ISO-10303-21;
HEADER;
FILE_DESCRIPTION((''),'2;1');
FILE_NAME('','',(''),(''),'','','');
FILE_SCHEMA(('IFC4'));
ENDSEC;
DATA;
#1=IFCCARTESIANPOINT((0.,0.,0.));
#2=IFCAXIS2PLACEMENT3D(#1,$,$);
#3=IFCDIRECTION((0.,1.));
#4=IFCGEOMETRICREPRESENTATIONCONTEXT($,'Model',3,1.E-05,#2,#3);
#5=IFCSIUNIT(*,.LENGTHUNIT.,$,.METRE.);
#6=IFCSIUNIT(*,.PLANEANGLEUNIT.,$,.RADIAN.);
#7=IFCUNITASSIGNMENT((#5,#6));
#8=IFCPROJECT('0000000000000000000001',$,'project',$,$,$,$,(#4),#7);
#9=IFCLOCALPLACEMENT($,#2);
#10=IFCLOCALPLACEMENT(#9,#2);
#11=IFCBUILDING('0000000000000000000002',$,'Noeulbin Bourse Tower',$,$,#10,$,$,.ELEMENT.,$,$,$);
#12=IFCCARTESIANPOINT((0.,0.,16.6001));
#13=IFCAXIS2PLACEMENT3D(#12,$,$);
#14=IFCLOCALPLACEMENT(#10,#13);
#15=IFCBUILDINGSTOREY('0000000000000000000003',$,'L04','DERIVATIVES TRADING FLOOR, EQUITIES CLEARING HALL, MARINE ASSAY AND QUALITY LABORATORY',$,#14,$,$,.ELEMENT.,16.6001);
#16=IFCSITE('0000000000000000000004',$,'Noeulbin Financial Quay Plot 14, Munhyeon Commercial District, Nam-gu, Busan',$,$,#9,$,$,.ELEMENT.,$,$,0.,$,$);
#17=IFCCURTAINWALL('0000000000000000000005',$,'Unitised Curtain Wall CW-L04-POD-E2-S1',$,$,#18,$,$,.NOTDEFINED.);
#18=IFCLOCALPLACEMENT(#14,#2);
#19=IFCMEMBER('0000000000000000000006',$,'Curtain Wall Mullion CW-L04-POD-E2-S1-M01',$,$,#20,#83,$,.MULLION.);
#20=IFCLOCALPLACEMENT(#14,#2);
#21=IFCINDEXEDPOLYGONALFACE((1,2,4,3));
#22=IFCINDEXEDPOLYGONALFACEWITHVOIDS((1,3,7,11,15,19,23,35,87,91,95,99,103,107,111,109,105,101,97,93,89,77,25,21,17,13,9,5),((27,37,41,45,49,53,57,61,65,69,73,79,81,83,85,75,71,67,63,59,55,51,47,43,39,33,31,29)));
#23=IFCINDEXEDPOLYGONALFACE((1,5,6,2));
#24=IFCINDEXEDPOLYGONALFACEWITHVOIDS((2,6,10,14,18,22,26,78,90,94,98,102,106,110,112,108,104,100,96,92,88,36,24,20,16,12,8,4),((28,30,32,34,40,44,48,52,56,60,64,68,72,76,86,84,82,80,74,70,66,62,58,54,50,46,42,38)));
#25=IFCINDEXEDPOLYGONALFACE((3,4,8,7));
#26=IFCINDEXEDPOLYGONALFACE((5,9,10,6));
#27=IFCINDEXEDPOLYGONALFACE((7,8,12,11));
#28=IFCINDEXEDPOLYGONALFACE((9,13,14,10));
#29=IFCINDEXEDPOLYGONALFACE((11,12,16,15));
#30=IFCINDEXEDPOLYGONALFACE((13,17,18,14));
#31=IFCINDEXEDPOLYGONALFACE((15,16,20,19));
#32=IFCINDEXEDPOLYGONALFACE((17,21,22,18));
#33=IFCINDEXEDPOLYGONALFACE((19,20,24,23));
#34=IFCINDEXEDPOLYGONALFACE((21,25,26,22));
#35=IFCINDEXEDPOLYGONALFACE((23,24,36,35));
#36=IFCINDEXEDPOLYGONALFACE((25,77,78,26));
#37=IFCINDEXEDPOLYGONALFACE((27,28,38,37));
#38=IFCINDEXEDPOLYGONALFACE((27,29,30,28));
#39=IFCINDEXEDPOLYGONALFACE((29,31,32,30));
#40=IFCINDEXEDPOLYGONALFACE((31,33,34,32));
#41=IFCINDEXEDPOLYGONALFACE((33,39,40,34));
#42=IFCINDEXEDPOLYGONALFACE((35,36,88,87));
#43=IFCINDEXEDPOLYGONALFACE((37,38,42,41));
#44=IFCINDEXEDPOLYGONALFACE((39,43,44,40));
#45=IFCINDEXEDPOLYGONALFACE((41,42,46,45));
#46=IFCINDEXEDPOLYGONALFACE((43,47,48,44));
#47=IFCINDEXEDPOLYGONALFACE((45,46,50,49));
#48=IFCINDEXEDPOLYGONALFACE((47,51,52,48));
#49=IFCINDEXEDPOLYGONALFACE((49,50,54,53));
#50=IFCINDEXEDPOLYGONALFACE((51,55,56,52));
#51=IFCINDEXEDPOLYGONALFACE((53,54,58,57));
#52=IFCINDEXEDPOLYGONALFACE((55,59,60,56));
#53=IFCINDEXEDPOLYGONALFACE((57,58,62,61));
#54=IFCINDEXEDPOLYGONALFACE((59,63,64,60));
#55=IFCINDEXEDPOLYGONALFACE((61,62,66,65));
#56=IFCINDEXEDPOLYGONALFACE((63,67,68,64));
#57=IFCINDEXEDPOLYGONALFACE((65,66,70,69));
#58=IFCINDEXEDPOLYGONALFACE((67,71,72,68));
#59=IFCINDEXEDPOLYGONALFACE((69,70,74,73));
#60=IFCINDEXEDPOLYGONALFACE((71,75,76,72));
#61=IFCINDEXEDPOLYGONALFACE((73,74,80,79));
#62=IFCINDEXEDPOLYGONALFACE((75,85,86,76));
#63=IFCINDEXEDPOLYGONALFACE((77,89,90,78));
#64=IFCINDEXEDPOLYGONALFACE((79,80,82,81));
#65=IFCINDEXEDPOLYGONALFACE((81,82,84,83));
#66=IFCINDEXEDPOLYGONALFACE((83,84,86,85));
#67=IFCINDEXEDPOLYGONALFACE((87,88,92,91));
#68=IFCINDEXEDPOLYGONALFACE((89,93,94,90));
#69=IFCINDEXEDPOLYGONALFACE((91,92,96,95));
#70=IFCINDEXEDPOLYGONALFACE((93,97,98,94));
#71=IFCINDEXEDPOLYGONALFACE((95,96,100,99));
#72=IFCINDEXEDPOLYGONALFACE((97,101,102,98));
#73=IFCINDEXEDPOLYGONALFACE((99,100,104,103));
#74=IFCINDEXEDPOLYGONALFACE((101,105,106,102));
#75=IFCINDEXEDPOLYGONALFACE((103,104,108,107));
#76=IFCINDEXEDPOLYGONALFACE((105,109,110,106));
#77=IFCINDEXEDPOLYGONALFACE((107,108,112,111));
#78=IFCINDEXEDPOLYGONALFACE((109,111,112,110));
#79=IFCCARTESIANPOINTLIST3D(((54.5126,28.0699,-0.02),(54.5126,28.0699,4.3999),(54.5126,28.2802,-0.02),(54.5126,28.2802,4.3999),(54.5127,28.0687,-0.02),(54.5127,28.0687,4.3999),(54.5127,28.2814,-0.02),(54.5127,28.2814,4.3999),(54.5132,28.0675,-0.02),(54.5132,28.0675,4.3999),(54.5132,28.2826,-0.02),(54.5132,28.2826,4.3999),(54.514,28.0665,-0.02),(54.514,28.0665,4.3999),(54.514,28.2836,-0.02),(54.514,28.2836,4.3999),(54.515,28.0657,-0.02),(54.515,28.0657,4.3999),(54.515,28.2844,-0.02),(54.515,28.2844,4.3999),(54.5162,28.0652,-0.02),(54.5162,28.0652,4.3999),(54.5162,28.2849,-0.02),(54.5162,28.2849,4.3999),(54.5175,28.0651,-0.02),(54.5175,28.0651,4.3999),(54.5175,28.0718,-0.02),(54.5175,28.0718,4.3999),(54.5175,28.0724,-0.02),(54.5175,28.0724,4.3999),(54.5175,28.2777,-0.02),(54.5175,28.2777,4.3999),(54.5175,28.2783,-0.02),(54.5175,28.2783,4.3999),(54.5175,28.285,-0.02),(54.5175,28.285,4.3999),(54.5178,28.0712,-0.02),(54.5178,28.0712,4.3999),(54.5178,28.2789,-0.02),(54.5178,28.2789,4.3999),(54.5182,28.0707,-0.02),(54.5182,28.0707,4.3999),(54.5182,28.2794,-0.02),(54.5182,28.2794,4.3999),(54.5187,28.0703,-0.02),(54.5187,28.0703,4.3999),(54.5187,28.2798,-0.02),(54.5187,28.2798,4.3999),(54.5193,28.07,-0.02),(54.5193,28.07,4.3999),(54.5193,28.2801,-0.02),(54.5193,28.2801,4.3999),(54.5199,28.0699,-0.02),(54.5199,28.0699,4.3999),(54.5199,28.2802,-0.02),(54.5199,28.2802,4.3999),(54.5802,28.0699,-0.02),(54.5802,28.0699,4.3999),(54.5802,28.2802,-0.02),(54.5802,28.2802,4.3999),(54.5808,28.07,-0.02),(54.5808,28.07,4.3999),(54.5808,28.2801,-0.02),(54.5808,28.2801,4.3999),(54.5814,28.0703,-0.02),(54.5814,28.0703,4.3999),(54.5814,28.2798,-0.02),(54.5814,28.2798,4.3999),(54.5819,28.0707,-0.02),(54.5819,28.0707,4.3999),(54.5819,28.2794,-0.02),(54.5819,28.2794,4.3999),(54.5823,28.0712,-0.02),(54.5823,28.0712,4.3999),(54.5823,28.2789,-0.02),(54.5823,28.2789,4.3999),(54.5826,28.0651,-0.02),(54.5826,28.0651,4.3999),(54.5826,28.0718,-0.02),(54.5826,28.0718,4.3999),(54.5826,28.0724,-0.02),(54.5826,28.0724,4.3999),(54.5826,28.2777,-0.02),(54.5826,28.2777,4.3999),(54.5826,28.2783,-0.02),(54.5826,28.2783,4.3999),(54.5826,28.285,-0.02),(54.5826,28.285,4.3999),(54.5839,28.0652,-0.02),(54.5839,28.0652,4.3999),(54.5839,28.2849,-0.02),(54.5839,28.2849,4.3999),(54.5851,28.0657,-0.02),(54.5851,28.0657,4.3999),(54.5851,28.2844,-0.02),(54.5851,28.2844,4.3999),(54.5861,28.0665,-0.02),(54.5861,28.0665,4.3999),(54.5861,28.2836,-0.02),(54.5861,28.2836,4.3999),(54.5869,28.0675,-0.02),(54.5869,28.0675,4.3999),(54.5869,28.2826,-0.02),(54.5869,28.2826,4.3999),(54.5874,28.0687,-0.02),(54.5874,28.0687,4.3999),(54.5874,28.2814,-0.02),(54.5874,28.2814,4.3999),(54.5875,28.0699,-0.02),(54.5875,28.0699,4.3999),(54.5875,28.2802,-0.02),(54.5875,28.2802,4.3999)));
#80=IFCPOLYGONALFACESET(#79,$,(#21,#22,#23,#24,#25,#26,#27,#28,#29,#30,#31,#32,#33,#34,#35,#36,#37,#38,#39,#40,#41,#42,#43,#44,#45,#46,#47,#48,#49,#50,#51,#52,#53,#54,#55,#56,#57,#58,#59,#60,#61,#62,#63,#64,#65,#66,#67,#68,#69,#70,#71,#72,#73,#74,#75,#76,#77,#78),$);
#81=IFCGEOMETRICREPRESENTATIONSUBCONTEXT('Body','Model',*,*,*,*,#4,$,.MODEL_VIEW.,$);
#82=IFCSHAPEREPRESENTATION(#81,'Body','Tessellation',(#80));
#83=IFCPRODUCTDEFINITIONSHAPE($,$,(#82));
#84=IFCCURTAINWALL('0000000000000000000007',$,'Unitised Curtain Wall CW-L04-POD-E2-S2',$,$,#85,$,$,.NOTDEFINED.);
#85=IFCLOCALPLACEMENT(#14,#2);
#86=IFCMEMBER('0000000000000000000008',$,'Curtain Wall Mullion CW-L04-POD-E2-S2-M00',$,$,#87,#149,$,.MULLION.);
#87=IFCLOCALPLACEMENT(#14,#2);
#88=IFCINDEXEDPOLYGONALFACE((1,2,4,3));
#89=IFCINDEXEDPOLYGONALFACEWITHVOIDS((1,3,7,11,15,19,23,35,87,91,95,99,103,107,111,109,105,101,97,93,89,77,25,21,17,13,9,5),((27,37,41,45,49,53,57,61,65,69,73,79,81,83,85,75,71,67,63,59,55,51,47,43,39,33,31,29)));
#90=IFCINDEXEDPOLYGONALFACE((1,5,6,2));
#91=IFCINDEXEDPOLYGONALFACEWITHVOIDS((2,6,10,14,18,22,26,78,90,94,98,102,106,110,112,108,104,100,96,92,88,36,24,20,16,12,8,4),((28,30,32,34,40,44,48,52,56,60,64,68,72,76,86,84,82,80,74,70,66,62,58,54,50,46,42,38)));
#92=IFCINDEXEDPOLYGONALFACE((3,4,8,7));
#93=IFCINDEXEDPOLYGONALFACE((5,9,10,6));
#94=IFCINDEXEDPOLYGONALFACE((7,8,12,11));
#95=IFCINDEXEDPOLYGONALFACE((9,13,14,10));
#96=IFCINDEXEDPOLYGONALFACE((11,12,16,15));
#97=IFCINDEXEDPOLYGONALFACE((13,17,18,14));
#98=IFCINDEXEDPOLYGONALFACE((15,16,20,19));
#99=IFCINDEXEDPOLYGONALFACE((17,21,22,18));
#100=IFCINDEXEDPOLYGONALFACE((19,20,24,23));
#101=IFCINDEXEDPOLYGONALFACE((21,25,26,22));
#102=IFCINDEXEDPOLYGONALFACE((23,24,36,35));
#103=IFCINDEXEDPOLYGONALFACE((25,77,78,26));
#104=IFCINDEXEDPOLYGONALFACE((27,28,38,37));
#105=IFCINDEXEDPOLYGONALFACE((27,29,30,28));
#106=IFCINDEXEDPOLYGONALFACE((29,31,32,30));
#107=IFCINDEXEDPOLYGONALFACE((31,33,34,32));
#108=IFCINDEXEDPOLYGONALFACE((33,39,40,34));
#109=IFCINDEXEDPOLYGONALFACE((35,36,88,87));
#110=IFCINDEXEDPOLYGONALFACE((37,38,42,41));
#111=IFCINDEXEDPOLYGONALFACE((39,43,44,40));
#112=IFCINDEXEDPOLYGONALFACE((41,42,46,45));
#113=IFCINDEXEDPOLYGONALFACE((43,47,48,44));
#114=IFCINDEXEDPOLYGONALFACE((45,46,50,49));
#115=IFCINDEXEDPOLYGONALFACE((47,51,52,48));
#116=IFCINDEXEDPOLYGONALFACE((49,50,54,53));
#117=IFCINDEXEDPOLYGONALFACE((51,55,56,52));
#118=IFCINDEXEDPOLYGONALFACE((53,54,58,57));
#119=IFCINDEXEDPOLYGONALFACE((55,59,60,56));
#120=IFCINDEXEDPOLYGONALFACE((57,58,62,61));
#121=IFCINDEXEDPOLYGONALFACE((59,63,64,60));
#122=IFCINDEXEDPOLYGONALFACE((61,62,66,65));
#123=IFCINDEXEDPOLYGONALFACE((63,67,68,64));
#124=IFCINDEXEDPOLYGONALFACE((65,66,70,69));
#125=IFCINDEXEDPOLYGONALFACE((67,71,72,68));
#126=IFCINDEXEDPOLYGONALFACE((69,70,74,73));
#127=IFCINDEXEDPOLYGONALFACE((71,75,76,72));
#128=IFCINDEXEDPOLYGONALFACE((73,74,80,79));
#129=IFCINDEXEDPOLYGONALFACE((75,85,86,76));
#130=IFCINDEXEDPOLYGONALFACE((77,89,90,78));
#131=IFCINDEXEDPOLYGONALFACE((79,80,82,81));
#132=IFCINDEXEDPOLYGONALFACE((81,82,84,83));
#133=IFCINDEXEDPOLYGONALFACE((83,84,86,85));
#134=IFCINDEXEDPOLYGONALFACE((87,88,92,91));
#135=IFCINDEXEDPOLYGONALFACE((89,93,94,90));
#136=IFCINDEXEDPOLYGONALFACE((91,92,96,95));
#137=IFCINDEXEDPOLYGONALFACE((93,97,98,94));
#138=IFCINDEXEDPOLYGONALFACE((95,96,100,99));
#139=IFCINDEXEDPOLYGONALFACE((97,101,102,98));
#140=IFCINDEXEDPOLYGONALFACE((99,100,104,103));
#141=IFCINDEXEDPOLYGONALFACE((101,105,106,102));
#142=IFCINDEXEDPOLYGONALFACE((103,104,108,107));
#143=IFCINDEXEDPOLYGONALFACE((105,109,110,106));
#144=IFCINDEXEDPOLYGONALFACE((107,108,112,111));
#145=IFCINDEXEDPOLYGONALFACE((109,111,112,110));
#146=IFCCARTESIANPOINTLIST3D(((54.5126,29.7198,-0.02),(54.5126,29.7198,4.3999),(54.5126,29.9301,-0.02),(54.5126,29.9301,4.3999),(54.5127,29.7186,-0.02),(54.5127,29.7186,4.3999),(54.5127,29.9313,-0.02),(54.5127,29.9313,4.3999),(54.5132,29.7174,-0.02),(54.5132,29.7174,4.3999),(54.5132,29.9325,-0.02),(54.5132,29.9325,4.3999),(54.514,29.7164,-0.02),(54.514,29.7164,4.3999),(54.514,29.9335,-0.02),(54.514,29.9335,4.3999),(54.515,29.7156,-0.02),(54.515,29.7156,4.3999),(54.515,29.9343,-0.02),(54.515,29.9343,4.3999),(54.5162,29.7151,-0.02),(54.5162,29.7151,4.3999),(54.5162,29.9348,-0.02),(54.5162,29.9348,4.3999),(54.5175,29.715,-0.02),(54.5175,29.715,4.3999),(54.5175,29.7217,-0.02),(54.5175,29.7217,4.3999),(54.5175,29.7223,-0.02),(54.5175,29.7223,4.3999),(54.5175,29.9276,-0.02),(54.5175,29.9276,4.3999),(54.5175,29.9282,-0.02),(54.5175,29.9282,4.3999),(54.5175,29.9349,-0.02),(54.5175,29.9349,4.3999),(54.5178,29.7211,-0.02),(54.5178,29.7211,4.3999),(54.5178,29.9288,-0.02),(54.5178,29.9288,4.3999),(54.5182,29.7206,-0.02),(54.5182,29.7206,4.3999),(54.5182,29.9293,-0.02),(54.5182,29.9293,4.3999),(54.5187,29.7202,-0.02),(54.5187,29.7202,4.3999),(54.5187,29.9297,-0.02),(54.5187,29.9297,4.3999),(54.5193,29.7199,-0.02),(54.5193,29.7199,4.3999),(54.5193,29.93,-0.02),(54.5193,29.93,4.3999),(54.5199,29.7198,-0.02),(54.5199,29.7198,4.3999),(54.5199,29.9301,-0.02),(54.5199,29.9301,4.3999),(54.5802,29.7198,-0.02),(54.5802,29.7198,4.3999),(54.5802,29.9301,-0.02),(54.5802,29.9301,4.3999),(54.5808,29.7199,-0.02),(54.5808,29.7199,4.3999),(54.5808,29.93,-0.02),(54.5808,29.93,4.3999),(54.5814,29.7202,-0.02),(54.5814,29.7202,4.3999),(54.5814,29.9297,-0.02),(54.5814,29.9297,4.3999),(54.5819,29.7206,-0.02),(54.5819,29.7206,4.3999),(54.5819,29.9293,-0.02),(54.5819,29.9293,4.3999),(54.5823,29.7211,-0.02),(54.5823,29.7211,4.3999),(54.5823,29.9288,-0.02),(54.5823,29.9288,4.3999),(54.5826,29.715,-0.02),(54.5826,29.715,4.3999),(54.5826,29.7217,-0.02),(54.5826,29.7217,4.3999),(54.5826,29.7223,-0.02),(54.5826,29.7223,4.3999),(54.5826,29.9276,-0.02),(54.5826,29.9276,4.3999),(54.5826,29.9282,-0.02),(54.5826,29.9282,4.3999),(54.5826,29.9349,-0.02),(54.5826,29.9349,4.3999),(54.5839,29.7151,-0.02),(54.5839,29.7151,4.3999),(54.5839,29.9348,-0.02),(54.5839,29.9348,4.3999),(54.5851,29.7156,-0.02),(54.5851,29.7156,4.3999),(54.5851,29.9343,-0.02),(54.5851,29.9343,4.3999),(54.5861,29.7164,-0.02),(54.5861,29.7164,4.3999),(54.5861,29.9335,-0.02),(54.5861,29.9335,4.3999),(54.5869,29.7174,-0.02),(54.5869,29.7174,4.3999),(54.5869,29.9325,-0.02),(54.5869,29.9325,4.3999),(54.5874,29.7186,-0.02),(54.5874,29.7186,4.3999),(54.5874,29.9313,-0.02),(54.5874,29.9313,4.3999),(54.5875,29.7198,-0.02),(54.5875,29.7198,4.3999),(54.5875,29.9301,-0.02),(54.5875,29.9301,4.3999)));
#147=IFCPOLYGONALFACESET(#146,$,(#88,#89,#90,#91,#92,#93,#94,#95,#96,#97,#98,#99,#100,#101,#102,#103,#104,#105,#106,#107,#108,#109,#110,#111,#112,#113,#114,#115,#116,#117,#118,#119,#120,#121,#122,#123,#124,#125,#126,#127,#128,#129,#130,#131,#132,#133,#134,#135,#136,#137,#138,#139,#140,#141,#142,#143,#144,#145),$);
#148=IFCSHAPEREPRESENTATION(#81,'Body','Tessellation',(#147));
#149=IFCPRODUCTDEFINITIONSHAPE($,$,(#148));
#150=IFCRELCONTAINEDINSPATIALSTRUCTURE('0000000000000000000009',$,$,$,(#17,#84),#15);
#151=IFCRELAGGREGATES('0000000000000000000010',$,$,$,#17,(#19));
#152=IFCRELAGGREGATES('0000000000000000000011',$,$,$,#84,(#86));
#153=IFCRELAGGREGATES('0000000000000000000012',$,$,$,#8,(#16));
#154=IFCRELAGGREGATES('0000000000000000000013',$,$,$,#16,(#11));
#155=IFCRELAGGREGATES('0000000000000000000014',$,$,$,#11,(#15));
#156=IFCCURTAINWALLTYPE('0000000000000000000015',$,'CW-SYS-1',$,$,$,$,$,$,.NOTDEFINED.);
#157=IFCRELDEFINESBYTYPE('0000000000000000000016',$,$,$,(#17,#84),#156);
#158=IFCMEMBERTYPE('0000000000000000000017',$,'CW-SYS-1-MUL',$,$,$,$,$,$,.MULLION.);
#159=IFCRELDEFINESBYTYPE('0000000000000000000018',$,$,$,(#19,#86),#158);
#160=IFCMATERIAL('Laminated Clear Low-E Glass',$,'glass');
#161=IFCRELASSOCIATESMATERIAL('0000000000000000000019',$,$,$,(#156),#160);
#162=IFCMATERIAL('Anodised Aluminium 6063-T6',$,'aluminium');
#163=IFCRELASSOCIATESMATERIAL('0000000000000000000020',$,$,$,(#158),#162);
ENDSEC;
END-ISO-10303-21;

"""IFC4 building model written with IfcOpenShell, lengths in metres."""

from ifc_helpers import new_model, si_unit, direction, frame, origin, origin_2d, place, context, subcontext, project, spatial, hollow_rectangle, extrude, material, material_profile, profile_set, type_object, element, aggregate, save


model = new_model("IFC4")

# Units and contexts
model_context = context("Model", 3, precision=1e-05, world=origin(), true_north=direction((0.0, 1.0)))
body_context = subcontext(model_context, "Body", "Model", "MODEL_VIEW")
ifc_project = project(units=[si_unit("LENGTHUNIT", "METRE"), si_unit("PLANEANGLEUNIT", "RADIAN")], contexts=[model_context])

# Site, building, storey
site_placement = place(None, origin())
site = spatial("IfcSite", under=ifc_project, at=site_placement, Name="Noeulbin Financial Quay Plot 14, Munhyeon Commercial District, Nam-gu, Busan", CompositionType="ELEMENT", RefElevation=0.0)
building_placement = place(site_placement, origin())
building = spatial("IfcBuilding", under=site, at=building_placement, Name="Noeulbin Bourse Tower", CompositionType="ELEMENT")
storey_placement = place(building_placement, frame((0.0, 0.0, 16.6001)))
storey = spatial("IfcBuildingStorey", under=building, at=storey_placement, Name="L04", Description="DERIVATIVES TRADING FLOOR, EQUITIES CLEARING HALL, MARINE ASSAY AND QUALITY LABORATORY", CompositionType="ELEMENT", Elevation=16.6001)

# Curtain walls, members
ifc_material_1 = material(Name="Laminated Clear Low-E Glass", Category="glass")
curtain_wall_type = type_object("IfcCurtainWallType", Name="CW-SYS-1", PredefinedType="NOTDEFINED", material=ifc_material_1)
curtain_wall_1_placement = place(storey_placement, origin())
curtain_wall_1 = element("IfcCurtainWall", 1, at=curtain_wall_1_placement, inside=storey, type_object=curtain_wall_type, Name="Unitised Curtain Wall CW-L04-POD-E2-S1", PredefinedType="NOTDEFINED")
ifc_material_2 = material(Name="Anodised Aluminium 6063-T6", Category="aluminium")
ifc_material_profile_1 = material_profile(ifc_material_2, hollow_rectangle(XDim=0.075, YDim=0.22, WallThickness=0.0049, InnerFilletRadius=0.0024, OuterFilletRadius=0.0049, at=origin_2d()), Name="ALU-MULL-75x220x5", Category="LoadBearing")
ifc_profile_set_1 = profile_set([ifc_material_profile_1], Name="Anodised Aluminium 6063-T6")
member_type_1 = type_object("IfcMemberType", Name="CW-SYS-1-MUL", PredefinedType="MULLION", material=ifc_profile_set_1)
member_1_placement = place(storey_placement, frame((54.55, 28.175, -0.02), z_axis=(0.0, 0.0, 1.0), x_axis=(1.0, 0.0, 0.0)))
member_1 = element("IfcMember", 2, at=member_1_placement, type_object=member_type_1, Name="Curtain Wall Mullion CW-L04-POD-E2-S1-M01", PredefinedType="MULLION", context=body_context, shape_type="SweptSolid", body=[
    extrude(hollow_rectangle(XDim=0.075, YDim=0.22, WallThickness=0.0049, InnerFilletRadius=0.0024, OuterFilletRadius=0.0049, at=origin_2d()), origin(), (0.0, 0.0, 1.0), 4.4199),
])
curtain_wall_2_placement = place(storey_placement, origin())
curtain_wall_2 = element("IfcCurtainWall", 3, at=curtain_wall_2_placement, inside=storey, type_object=curtain_wall_type, Name="Unitised Curtain Wall CW-L04-POD-E2-S2", PredefinedType="NOTDEFINED")
member_2_placement = place(storey_placement, frame((54.55, 29.825, -0.02), z_axis=(0.0, 0.0, 1.0), x_axis=(1.0, 0.0, 0.0)))
member_2 = element("IfcMember", 4, at=member_2_placement, type_object=member_type_1, Name="Curtain Wall Mullion CW-L04-POD-E2-S2-M00", PredefinedType="MULLION", context=body_context, shape_type="SweptSolid", body=[
    extrude(hollow_rectangle(XDim=0.075, YDim=0.22, WallThickness=0.0049, InnerFilletRadius=0.0024, OuterFilletRadius=0.0049, at=origin_2d()), origin(), (0.0, 0.0, 1.0), 4.4199),
])

aggregate(curtain_wall_1, [member_1])
aggregate(curtain_wall_2, [member_2])

save(model, "model.ifc")
